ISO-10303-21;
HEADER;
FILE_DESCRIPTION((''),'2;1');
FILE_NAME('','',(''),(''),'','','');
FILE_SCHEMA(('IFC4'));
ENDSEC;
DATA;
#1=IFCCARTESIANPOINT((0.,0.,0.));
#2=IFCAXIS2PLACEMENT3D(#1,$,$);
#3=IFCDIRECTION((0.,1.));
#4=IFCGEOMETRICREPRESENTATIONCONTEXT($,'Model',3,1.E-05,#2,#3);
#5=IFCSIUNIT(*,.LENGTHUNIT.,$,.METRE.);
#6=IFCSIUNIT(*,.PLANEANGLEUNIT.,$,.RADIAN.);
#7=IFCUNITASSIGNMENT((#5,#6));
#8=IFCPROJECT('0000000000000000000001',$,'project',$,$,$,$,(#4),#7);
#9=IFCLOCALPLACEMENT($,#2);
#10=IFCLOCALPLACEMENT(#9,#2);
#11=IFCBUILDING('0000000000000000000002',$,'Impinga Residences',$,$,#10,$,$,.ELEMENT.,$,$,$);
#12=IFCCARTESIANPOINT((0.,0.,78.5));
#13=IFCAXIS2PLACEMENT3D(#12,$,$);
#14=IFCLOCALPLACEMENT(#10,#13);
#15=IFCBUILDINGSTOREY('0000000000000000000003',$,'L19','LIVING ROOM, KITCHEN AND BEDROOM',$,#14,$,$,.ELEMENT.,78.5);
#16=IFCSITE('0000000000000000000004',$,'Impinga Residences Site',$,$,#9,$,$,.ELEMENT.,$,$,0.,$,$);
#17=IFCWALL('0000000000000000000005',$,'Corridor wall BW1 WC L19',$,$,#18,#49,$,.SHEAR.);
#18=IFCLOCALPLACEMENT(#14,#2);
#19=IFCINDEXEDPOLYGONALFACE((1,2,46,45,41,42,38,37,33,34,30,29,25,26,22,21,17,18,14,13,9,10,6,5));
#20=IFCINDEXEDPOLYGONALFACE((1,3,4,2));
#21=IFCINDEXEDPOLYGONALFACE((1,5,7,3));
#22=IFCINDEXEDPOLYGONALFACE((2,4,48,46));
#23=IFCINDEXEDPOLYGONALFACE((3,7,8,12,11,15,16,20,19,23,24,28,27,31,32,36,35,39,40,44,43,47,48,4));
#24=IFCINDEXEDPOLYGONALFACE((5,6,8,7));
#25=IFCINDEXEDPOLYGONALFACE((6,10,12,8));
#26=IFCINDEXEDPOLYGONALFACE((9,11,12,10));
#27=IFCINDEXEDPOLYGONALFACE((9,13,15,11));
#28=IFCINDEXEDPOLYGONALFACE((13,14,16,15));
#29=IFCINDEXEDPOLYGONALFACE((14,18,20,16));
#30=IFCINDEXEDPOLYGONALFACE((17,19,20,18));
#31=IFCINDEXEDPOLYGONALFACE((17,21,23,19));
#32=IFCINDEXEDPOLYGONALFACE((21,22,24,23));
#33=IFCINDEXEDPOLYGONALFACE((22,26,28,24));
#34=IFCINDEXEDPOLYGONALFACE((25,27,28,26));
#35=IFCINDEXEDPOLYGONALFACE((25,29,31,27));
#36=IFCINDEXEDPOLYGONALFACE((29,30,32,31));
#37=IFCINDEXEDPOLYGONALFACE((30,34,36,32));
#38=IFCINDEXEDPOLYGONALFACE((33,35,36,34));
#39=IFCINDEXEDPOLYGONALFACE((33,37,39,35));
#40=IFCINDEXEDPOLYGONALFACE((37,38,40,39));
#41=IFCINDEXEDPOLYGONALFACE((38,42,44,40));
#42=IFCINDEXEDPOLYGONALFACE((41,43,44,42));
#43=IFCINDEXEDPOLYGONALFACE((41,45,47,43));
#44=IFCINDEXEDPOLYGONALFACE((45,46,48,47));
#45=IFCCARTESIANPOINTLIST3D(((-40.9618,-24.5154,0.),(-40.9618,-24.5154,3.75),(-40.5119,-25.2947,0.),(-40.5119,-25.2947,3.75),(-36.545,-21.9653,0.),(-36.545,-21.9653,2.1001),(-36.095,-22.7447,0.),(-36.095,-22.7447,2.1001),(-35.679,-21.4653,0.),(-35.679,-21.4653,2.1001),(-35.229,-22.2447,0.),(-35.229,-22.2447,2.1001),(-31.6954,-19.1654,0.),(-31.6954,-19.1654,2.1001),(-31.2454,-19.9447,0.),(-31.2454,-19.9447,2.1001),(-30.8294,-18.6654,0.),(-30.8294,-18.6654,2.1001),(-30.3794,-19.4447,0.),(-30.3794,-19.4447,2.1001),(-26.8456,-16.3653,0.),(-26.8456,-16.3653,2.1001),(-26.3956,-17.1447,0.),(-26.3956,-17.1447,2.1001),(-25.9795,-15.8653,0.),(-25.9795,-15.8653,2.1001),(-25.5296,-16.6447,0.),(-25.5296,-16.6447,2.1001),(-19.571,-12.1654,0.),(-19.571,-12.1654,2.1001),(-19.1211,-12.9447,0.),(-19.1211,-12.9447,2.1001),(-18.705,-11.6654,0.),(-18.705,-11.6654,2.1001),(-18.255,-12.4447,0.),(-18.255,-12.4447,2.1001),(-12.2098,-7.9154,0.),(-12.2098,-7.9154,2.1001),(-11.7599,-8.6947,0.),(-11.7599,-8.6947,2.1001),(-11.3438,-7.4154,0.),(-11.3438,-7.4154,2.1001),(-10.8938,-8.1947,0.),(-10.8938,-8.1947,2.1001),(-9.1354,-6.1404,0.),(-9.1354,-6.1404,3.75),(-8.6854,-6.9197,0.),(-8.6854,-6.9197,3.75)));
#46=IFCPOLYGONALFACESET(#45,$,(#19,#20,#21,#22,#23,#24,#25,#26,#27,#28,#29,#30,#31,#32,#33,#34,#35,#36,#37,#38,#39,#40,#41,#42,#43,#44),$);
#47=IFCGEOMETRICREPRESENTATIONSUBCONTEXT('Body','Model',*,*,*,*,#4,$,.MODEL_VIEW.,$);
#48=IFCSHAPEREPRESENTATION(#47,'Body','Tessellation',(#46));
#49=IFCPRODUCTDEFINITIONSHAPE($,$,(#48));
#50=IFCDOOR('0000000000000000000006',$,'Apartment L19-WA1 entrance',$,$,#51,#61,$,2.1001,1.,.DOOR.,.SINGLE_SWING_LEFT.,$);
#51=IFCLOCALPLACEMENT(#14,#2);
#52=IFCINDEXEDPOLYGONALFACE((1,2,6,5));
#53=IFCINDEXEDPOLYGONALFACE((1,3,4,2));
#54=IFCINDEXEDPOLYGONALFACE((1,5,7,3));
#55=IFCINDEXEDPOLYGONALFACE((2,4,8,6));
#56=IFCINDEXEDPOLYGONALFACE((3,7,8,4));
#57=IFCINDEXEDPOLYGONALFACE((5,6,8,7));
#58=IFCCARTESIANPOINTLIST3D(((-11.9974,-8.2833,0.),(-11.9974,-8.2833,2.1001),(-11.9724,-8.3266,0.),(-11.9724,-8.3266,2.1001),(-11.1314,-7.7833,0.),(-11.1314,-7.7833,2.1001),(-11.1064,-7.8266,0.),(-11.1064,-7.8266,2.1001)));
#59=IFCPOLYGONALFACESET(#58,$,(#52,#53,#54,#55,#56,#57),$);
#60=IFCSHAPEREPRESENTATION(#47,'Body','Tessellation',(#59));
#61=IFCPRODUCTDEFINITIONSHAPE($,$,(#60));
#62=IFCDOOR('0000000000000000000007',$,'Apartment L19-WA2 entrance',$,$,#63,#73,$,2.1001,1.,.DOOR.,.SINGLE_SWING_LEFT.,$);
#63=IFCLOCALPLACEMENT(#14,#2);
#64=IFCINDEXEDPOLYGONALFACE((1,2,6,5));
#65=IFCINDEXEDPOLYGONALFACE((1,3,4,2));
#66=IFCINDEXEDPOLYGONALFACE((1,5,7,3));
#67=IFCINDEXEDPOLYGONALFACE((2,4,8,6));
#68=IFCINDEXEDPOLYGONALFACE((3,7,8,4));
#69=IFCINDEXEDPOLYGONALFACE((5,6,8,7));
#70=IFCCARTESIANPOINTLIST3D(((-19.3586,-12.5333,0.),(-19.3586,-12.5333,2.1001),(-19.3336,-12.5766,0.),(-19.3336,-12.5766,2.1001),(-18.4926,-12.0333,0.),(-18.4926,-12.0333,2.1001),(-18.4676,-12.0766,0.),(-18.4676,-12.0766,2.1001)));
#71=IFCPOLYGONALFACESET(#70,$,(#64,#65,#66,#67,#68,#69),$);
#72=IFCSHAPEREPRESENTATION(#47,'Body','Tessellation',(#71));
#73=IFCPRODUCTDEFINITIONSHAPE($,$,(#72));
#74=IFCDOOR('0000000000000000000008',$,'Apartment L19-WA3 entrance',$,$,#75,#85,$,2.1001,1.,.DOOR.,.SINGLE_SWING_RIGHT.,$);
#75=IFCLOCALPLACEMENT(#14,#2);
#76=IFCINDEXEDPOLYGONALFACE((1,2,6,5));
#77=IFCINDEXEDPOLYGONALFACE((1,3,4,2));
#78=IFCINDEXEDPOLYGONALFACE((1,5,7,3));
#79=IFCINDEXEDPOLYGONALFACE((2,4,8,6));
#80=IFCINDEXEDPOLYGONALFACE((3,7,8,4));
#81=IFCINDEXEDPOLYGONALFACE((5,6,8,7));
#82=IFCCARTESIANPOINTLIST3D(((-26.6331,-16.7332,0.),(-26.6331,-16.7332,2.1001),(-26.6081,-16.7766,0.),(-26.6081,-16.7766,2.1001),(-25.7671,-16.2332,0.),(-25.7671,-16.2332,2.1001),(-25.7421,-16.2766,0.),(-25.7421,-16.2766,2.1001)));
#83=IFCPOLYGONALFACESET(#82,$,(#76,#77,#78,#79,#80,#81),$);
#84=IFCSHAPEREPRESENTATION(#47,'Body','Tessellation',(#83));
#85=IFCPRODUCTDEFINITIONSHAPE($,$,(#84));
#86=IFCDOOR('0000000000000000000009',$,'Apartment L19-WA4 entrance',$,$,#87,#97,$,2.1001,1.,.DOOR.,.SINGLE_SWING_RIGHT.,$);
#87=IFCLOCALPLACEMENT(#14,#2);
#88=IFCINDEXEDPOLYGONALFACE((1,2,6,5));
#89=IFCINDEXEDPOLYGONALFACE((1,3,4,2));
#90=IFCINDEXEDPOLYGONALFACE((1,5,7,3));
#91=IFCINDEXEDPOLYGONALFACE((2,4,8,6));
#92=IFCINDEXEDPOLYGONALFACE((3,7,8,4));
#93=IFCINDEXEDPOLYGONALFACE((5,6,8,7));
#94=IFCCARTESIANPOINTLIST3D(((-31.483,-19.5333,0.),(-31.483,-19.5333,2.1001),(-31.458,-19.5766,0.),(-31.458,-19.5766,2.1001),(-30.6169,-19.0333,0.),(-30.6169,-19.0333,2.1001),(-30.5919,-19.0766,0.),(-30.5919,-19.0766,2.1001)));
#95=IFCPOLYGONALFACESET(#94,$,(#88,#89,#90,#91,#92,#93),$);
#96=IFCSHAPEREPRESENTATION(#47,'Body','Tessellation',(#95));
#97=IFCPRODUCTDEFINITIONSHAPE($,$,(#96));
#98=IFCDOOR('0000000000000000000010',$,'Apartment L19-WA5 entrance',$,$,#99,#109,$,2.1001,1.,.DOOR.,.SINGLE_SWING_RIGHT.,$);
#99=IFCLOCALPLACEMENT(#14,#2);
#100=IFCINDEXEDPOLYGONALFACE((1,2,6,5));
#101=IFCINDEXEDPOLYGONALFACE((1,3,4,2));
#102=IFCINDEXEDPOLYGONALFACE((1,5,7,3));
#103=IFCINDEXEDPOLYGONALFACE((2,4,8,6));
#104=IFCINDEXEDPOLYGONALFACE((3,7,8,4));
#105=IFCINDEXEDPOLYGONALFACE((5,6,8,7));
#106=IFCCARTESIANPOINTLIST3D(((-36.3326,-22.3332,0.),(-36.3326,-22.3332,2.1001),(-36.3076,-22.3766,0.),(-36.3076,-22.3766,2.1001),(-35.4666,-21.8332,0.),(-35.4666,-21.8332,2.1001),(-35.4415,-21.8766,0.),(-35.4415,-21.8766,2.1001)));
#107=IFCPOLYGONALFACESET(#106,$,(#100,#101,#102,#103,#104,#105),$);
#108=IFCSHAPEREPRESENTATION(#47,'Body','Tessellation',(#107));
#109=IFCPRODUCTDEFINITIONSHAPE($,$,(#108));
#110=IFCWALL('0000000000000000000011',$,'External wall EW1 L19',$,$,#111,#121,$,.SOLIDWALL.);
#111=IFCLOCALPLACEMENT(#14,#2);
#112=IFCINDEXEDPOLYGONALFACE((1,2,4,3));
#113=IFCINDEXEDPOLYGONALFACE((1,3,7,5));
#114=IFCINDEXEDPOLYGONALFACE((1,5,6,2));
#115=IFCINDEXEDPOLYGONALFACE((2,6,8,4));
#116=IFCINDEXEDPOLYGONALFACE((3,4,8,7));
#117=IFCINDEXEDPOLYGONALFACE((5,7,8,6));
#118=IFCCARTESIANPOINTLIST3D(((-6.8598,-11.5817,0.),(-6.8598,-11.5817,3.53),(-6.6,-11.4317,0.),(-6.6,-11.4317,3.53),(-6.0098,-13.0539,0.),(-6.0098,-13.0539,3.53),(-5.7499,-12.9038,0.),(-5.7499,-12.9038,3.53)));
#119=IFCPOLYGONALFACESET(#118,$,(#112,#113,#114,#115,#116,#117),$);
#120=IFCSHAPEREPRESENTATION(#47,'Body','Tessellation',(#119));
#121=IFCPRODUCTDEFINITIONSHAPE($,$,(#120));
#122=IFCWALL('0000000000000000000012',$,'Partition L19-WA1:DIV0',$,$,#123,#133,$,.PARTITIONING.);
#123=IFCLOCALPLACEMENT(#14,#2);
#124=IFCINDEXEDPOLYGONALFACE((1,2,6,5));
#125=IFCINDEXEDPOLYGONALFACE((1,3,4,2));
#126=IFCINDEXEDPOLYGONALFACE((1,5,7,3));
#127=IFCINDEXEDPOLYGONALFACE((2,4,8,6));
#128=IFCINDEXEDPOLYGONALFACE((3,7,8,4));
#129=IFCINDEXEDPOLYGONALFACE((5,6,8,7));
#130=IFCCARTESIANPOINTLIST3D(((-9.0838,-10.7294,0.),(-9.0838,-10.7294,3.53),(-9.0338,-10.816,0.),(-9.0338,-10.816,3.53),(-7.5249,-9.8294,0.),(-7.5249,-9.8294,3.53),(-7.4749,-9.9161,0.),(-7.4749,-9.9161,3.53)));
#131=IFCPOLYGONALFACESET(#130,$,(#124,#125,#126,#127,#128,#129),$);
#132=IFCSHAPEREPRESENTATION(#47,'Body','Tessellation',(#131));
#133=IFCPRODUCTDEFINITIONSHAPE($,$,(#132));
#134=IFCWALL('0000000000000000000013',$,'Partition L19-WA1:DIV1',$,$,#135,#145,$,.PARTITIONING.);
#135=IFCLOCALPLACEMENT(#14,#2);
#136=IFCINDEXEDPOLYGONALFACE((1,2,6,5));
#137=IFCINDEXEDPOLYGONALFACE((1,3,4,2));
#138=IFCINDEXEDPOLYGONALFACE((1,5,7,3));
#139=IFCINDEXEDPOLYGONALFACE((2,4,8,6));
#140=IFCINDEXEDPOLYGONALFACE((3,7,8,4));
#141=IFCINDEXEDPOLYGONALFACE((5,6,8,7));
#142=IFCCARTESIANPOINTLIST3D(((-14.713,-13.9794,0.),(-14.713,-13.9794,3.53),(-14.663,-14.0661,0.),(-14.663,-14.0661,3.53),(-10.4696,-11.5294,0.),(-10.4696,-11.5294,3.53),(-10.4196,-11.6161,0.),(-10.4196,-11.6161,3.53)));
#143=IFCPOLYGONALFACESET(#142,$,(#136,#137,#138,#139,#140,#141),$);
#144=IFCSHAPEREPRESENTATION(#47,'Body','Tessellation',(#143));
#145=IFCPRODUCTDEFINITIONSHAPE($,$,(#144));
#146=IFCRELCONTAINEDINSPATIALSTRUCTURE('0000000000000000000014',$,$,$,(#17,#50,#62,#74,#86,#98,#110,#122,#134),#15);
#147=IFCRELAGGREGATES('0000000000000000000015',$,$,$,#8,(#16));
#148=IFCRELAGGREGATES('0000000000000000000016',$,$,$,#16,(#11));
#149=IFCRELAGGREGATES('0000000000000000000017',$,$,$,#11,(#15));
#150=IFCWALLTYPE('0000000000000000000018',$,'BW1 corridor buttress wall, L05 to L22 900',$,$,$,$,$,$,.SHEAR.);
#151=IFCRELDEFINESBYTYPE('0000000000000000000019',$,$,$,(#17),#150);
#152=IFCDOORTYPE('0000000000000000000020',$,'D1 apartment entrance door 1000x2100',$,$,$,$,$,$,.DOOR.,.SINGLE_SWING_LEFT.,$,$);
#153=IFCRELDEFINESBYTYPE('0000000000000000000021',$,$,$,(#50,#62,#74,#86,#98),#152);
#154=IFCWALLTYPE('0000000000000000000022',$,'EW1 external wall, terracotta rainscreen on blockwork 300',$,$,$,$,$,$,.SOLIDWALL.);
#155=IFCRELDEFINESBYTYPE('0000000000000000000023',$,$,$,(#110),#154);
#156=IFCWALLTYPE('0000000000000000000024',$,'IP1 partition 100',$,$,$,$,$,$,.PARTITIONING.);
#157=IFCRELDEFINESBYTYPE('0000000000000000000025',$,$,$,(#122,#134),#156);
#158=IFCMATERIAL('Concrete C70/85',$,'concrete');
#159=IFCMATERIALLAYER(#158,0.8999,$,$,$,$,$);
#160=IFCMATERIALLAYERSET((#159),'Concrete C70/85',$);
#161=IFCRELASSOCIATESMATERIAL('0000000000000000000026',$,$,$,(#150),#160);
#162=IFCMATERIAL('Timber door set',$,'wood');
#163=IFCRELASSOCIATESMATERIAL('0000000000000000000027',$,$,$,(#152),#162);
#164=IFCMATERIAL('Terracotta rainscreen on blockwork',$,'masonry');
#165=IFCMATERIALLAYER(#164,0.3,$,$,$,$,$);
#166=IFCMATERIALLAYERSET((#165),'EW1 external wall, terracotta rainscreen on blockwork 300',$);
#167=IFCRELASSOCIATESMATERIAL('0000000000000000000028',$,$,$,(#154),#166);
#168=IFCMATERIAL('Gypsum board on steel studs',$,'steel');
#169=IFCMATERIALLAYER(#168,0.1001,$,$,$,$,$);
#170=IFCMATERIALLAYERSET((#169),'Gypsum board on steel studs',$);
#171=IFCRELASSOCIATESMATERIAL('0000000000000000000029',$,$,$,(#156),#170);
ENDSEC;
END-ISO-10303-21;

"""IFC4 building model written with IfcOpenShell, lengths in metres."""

from ifc_helpers import new_model, si_unit, direction, frame, frame_2d, origin, place, context, subcontext, project, spatial, rectangle, extrude, material, layer, layer_set, type_object, element, fill, save


model = new_model("IFC4")

# Units and contexts
model_context = context("Model", 3, precision=1e-05, world=origin(), true_north=direction((0.0, 1.0)))
body_context = subcontext(model_context, "Body", "Model", "MODEL_VIEW")
ifc_project = project(units=[si_unit("LENGTHUNIT", "METRE"), si_unit("PLANEANGLEUNIT", "RADIAN")], contexts=[model_context])

# Site, building, storey
site_placement = place(None, origin())
site = spatial("IfcSite", under=ifc_project, at=site_placement, Name="Impinga Residences Site", CompositionType="ELEMENT", RefElevation=0.0)
building_placement = place(site_placement, origin())
building = spatial("IfcBuilding", under=site, at=building_placement, Name="Impinga Residences", CompositionType="ELEMENT")
storey_placement = place(building_placement, frame((0.0, 0.0, 78.5)))
storey = spatial("IfcBuildingStorey", under=building, at=storey_placement, Name="L19", Description="LIVING ROOM, KITCHEN AND BEDROOM", CompositionType="ELEMENT", Elevation=78.5)

# Wall, openings, doors
ifc_material_1 = material(Name="Concrete C70/85", Category="concrete")
ifc_layer_1 = layer(ifc_material_1, 0.8999)
ifc_layer_set_1 = layer_set([ifc_layer_1], Name="Concrete C70/85")
wall_type_1 = type_object("IfcWallType", Name="BW1 corridor buttress wall, L05 to L22 900", PredefinedType="SHEAR", material=ifc_layer_set_1)
wall_1_placement = place(storey_placement, frame((-8.9104, -6.53, 0.0), z_axis=(0.0, 0.0, 1.0), x_axis=(-0.866025, -0.5, 0.0)))
wall_1 = element("IfcWall", 1, at=wall_1_placement, inside=storey, type_object=wall_type_1, Name="Corridor wall BW1 WC L19", PredefinedType="SHEAR", context=body_context, shape_type="SweptSolid", body=[
    extrude(rectangle(XDim=36.75, YDim=0.8999, at=frame_2d((18.375, 0.0))), origin(), (0.0, 0.0, 1.0), 3.75),
])
opening_1_placement = place(wall_1_placement, frame((2.55, 0.0, 0.0)))
opening_1 = element("IfcOpeningElement", 2, at=opening_1_placement, cuts=wall_1, PredefinedType="OPENING", context=body_context, shape_type="SweptSolid", body=[
    extrude(rectangle(XDim=1.0, YDim=2.1001, at=frame_2d((0.5, 1.05))), frame((0.0, 0.46, 0.0), z_axis=(0.0, -1.0, 0.0), x_axis=(1.0, 0.0, 0.0)), (0.0, 0.0, 1.0), 0.9199),
])
opening_2_placement = place(wall_1_placement, frame((11.05, 0.0, 0.0)))
opening_2 = element("IfcOpeningElement", 3, at=opening_2_placement, cuts=wall_1, PredefinedType="OPENING", context=body_context, shape_type="SweptSolid", body=[
    extrude(rectangle(XDim=1.0, YDim=2.1001, at=frame_2d((0.5, 1.05))), frame((0.0, 0.46, 0.0), z_axis=(0.0, -1.0, 0.0), x_axis=(1.0, 0.0, 0.0)), (0.0, 0.0, 1.0), 0.9199),
])
opening_3_placement = place(wall_1_placement, frame((19.45, 0.0, 0.0)))
opening_3 = element("IfcOpeningElement", 4, at=opening_3_placement, cuts=wall_1, PredefinedType="OPENING", context=body_context, shape_type="SweptSolid", body=[
    extrude(rectangle(XDim=1.0, YDim=2.1001, at=frame_2d((0.5, 1.05))), frame((0.0, 0.46, 0.0), z_axis=(0.0, -1.0, 0.0), x_axis=(1.0, 0.0, 0.0)), (0.0, 0.0, 1.0), 0.9199),
])
opening_4_placement = place(wall_1_placement, frame((25.05, 0.0, 0.0)))
opening_4 = element("IfcOpeningElement", 5, at=opening_4_placement, cuts=wall_1, PredefinedType="OPENING", context=body_context, shape_type="SweptSolid", body=[
    extrude(rectangle(XDim=1.0, YDim=2.1001, at=frame_2d((0.5, 1.05))), frame((0.0, 0.46, 0.0), z_axis=(0.0, -1.0, 0.0), x_axis=(1.0, 0.0, 0.0)), (0.0, 0.0, 1.0), 0.9199),
])
opening_5_placement = place(wall_1_placement, frame((30.6499, 0.0, 0.0)))
opening_5 = element("IfcOpeningElement", 6, at=opening_5_placement, cuts=wall_1, PredefinedType="OPENING", context=body_context, shape_type="SweptSolid", body=[
    extrude(rectangle(XDim=1.0, YDim=2.1001, at=frame_2d((0.5, 1.05))), frame((0.0, 0.46, 0.0), z_axis=(0.0, -1.0, 0.0), x_axis=(1.0, 0.0, 0.0)), (0.0, 0.0, 1.0), 0.9199),
])
ifc_material_2 = material(Name="Timber door set", Category="wood")
door_type_1 = type_object("IfcDoorType", Name="D1 apartment entrance door 1000x2100", OperationType="SINGLE_SWING_LEFT", PredefinedType="DOOR", material=ifc_material_2)
door_1_placement = place(opening_1_placement, origin())
door_1 = element("IfcDoor", 7, at=door_1_placement, inside=storey, type_object=door_type_1, Name="Apartment L19-WA1 entrance", OperationType="SINGLE_SWING_LEFT", OverallHeight=2.1001, OverallWidth=1.0, PredefinedType="DOOR", context=body_context, shape_type="SweptSolid", body=[
    extrude(rectangle(XDim=1.0, YDim=2.1001, at=frame_2d((0.5, 1.05))), frame((0.0, 0.0249, 0.0), z_axis=(0.0, -1.0, 0.0), x_axis=(1.0, 0.0, 0.0)), (0.0, 0.0, 1.0), 0.05),
])
fill(opening_1, door_1)
door_2_placement = place(opening_2_placement, origin())
door_2 = element("IfcDoor", 8, at=door_2_placement, inside=storey, type_object=door_type_1, Name="Apartment L19-WA2 entrance", OperationType="SINGLE_SWING_LEFT", OverallHeight=2.1001, OverallWidth=1.0, PredefinedType="DOOR", context=body_context, shape_type="SweptSolid", body=[
    extrude(rectangle(XDim=1.0, YDim=2.1001, at=frame_2d((0.5, 1.05))), frame((0.0, 0.0249, 0.0), z_axis=(0.0, -1.0, 0.0), x_axis=(1.0, 0.0, 0.0)), (0.0, 0.0, 1.0), 0.05),
])
fill(opening_2, door_2)
door_3_placement = place(opening_3_placement, origin())
door_3 = element("IfcDoor", 9, at=door_3_placement, inside=storey, type_object=door_type_1, Name="Apartment L19-WA3 entrance", OperationType="SINGLE_SWING_RIGHT", OverallHeight=2.1001, OverallWidth=1.0, PredefinedType="DOOR", context=body_context, shape_type="SweptSolid", body=[
    extrude(rectangle(XDim=1.0, YDim=2.1001, at=frame_2d((0.5, 1.05))), frame((0.0, 0.0249, 0.0), z_axis=(0.0, -1.0, 0.0), x_axis=(1.0, 0.0, 0.0)), (0.0, 0.0, 1.0), 0.05),
])
fill(opening_3, door_3)
door_4_placement = place(opening_4_placement, origin())
door_4 = element("IfcDoor", 10, at=door_4_placement, inside=storey, type_object=door_type_1, Name="Apartment L19-WA4 entrance", OperationType="SINGLE_SWING_RIGHT", OverallHeight=2.1001, OverallWidth=1.0, PredefinedType="DOOR", context=body_context, shape_type="SweptSolid", body=[
    extrude(rectangle(XDim=1.0, YDim=2.1001, at=frame_2d((0.5, 1.05))), frame((0.0, 0.0249, 0.0), z_axis=(0.0, -1.0, 0.0), x_axis=(1.0, 0.0, 0.0)), (0.0, 0.0, 1.0), 0.05),
])
fill(opening_4, door_4)
door_5_placement = place(opening_5_placement, origin())
door_5 = element("IfcDoor", 11, at=door_5_placement, inside=storey, type_object=door_type_1, Name="Apartment L19-WA5 entrance", OperationType="SINGLE_SWING_RIGHT", OverallHeight=2.1001, OverallWidth=1.0, PredefinedType="DOOR", context=body_context, shape_type="SweptSolid", body=[
    extrude(rectangle(XDim=1.0, YDim=2.1001, at=frame_2d((0.5, 1.05))), frame((0.0, 0.0249, 0.0), z_axis=(0.0, -1.0, 0.0), x_axis=(1.0, 0.0, 0.0)), (0.0, 0.0, 1.0), 0.05),
])
fill(opening_5, door_5)

# Walls
ifc_material_3 = material(Name="Terracotta rainscreen on blockwork", Category="masonry")
ifc_layer_2 = layer(ifc_material_3, 0.3)
ifc_layer_set_2 = layer_set([ifc_layer_2], Name="EW1 external wall, terracotta rainscreen on blockwork 300")
wall_type_2 = type_object("IfcWallType", Name="EW1 external wall, terracotta rainscreen on blockwork 300", PredefinedType="SOLIDWALL", material=ifc_layer_set_2)
wall_2_placement = place(storey_placement, frame((-6.73, -11.5066, 0.0), z_axis=(0.0, 0.0, 1.0), x_axis=(0.500062, -0.865989, 0.0)))
element("IfcWall", 12, at=wall_2_placement, inside=storey, type_object=wall_type_2, Name="External wall EW1 L19", PredefinedType="SOLIDWALL", context=body_context, shape_type="SweptSolid", body=[
    extrude(rectangle(XDim=1.7, YDim=0.3, at=frame_2d((0.8501, 0.0))), origin(), (0.0, 0.0, 1.0), 3.53),
])
ifc_material_4 = material(Name="Gypsum board on steel studs", Category="steel")
ifc_layer_3 = layer(ifc_material_4, 0.1001)
ifc_layer_set_3 = layer_set([ifc_layer_3], Name="Gypsum board on steel studs")
wall_type_3 = type_object("IfcWallType", Name="IP1 partition 100", PredefinedType="PARTITIONING", material=ifc_layer_set_3)
wall_3_placement = place(storey_placement, frame((-7.5, -9.8728, 0.0), z_axis=(0.0, 0.0, 1.0), x_axis=(-0.866048, -0.499961, 0.0)))
element("IfcWall", 13, at=wall_3_placement, inside=storey, type_object=wall_type_3, Name="Partition L19-WA1:DIV0", PredefinedType="PARTITIONING", context=body_context, shape_type="SweptSolid", body=[
    extrude(rectangle(XDim=1.8, YDim=0.1001, at=frame_2d((0.8999, 0.0))), origin(), (0.0, 0.0, 1.0), 3.53),
])
wall_4_placement = place(storey_placement, frame((-10.4446, -11.5728, 0.0), z_axis=(0.0, 0.0, 1.0), x_axis=(-0.866024, -0.500003, 0.0)))
element("IfcWall", 14, at=wall_4_placement, inside=storey, type_object=wall_type_3, Name="Partition L19-WA1:DIV1", PredefinedType="PARTITIONING", context=body_context, shape_type="SweptSolid", body=[
    extrude(rectangle(XDim=4.8999, YDim=0.1001, at=frame_2d((2.45, 0.0))), origin(), (0.0, 0.0, 1.0), 3.53),
])

save(model, "model.ifc")
